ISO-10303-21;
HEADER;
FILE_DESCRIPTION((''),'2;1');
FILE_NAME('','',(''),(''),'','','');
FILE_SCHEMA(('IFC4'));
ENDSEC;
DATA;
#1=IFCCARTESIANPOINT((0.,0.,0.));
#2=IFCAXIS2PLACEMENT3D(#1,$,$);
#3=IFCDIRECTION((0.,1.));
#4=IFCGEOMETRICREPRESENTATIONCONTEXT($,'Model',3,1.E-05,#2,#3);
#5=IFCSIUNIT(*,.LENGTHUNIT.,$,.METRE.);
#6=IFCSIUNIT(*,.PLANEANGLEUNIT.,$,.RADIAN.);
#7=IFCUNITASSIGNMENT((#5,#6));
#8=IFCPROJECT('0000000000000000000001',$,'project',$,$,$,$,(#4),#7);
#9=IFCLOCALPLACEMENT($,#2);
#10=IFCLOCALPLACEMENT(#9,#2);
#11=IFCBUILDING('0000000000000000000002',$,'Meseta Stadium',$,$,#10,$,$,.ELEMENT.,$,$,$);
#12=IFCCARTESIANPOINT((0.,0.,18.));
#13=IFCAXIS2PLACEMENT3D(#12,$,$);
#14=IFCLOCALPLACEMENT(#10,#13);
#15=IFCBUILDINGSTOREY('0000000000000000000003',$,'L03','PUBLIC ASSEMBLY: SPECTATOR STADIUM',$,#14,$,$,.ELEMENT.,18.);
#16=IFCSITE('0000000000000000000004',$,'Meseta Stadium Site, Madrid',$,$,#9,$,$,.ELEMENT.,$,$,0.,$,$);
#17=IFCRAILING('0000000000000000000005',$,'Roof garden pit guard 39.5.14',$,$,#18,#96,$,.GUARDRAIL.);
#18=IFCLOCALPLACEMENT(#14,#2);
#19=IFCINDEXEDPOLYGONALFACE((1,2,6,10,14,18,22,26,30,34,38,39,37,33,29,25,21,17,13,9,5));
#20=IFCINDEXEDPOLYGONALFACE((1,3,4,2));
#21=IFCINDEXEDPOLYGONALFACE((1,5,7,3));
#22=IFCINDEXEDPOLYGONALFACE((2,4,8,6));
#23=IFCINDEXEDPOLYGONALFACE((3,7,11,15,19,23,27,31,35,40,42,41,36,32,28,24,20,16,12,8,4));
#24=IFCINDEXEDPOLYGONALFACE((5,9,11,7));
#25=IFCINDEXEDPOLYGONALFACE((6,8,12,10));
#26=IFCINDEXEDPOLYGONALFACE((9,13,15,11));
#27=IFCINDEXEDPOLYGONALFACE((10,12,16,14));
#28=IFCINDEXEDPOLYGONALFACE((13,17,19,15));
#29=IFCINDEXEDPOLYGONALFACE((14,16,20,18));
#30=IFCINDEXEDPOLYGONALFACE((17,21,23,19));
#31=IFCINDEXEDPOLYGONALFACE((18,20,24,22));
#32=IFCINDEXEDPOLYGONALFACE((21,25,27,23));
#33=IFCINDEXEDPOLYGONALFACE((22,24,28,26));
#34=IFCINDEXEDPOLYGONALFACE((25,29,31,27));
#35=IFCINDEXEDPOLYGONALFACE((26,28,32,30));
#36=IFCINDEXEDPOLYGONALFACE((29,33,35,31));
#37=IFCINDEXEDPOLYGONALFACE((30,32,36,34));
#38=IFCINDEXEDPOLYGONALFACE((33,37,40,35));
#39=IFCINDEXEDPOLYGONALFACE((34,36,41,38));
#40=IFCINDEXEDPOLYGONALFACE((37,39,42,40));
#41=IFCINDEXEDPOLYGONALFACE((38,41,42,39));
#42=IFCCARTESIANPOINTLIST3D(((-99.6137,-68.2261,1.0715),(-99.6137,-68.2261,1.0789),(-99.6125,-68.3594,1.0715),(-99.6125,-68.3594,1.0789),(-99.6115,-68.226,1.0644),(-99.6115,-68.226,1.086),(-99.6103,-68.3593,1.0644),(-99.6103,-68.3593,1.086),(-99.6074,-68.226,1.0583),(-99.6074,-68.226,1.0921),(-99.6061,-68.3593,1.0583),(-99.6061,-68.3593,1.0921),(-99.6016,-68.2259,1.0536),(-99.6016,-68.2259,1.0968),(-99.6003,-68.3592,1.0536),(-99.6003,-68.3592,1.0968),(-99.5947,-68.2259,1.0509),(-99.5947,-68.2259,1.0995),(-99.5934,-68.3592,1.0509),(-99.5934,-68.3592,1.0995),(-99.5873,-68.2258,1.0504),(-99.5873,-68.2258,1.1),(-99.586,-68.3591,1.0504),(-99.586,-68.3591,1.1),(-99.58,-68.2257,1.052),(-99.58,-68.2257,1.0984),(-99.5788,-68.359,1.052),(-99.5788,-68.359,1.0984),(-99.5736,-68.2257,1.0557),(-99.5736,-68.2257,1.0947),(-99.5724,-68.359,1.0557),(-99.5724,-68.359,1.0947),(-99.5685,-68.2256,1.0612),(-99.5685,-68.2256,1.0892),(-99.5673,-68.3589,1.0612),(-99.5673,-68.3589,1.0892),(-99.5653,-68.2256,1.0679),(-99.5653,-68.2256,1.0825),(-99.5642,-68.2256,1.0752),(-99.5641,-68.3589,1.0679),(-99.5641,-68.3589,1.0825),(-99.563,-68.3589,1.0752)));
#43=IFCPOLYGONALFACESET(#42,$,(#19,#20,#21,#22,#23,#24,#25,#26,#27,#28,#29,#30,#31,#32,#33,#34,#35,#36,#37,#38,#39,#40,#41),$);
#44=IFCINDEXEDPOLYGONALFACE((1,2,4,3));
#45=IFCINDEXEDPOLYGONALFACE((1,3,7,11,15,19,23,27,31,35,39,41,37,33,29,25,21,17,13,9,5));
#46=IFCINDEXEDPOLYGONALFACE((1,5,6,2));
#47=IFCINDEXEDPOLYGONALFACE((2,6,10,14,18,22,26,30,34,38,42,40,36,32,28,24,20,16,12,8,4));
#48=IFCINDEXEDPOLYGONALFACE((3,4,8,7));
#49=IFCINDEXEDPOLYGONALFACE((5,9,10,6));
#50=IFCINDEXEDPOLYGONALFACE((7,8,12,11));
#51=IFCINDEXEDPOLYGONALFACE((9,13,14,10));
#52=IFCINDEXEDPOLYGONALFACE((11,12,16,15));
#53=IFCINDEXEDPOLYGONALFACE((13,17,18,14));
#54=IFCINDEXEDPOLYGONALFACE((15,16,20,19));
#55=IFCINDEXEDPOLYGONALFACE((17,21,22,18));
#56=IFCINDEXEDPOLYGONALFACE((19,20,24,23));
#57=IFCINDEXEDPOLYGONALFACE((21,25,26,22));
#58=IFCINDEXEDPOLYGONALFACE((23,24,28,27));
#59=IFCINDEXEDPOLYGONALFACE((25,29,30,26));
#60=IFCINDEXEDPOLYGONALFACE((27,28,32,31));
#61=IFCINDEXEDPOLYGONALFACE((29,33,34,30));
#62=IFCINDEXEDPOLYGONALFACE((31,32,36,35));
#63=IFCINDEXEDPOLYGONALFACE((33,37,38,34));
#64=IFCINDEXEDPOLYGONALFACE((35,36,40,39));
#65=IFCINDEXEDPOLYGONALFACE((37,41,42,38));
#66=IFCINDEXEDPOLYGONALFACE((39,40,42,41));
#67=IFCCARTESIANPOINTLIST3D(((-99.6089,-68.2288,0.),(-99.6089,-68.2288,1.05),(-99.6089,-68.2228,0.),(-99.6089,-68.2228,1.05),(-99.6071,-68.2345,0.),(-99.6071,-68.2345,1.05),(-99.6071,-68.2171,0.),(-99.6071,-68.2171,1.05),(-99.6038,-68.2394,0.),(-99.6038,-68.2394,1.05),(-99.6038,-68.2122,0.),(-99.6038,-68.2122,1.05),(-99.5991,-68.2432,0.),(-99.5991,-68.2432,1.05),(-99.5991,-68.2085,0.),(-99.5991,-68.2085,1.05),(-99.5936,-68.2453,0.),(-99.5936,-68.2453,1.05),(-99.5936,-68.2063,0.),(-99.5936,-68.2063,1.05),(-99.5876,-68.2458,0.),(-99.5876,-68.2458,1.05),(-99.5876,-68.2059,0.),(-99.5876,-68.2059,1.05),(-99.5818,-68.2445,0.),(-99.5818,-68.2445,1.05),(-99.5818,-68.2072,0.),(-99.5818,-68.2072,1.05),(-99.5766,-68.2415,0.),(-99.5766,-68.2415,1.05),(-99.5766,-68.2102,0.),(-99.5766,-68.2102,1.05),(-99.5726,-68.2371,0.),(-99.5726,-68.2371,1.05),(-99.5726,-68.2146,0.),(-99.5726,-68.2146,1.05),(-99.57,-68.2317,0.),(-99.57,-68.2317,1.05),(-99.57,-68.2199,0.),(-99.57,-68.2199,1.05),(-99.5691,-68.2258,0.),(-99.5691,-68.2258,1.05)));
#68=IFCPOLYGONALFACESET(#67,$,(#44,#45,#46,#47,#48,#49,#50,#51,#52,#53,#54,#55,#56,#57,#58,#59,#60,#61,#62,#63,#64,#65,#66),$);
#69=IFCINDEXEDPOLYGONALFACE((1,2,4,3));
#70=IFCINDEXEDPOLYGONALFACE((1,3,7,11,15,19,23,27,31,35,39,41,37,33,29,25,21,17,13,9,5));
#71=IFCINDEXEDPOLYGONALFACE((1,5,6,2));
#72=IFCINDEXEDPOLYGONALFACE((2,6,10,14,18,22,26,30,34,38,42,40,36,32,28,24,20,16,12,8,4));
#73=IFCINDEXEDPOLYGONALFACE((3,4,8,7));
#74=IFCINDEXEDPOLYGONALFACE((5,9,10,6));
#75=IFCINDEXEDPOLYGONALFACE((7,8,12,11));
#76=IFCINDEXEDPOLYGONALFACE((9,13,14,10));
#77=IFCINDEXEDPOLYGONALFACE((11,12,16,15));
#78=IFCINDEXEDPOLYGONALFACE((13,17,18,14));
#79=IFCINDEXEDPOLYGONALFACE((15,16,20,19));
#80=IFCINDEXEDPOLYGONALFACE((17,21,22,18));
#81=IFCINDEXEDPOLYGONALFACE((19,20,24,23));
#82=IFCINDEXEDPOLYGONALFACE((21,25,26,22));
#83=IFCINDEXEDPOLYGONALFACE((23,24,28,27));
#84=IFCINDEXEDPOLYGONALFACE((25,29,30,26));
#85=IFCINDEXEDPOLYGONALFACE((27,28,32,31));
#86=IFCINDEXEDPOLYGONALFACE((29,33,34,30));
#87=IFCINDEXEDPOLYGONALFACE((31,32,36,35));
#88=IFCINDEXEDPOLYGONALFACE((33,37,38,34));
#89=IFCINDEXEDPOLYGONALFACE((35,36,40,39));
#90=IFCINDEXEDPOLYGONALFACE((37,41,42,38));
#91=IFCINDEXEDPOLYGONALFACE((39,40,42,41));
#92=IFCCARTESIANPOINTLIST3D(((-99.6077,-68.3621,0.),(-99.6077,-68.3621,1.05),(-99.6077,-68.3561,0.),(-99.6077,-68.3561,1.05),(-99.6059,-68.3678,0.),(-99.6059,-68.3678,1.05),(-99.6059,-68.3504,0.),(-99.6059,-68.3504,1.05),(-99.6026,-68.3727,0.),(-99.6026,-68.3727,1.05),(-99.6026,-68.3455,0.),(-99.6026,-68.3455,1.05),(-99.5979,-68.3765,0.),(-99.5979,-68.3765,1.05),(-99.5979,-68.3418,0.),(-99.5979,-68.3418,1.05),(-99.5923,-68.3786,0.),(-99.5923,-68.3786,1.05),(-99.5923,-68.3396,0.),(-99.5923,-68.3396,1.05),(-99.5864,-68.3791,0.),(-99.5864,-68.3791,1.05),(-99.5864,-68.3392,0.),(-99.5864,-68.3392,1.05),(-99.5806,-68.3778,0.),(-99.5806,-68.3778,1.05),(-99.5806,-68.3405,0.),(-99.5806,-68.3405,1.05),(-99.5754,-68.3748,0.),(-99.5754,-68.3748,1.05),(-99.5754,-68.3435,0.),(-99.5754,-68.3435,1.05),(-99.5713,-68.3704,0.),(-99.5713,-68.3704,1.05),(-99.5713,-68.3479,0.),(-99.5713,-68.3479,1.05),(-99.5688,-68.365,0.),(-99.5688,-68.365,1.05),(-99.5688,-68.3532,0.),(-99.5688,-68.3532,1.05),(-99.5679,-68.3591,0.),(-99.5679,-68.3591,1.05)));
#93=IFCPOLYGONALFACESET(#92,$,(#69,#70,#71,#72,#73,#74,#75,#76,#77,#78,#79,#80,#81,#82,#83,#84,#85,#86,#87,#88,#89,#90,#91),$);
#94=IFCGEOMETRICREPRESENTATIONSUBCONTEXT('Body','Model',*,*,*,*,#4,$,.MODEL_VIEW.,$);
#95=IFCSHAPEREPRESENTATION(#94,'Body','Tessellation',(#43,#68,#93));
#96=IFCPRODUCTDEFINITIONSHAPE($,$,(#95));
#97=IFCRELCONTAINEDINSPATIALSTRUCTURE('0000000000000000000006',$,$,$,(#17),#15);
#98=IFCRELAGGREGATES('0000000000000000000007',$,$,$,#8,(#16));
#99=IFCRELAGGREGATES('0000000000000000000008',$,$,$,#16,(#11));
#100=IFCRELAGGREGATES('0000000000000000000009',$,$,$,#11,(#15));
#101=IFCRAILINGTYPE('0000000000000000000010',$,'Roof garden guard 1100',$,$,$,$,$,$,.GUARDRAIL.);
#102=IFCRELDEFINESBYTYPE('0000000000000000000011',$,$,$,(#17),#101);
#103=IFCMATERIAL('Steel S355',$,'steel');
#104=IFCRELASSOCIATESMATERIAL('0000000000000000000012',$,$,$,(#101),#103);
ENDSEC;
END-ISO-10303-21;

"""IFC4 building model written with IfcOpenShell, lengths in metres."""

from ifc_helpers import new_model, si_unit, direction, frame, origin, origin_2d, place, context, subcontext, project, spatial, circle, extrude, material, type_object, element, save


model = new_model("IFC4")

# Units and contexts
model_context = context("Model", 3, precision=1e-05, world=origin(), true_north=direction((0.0, 1.0)))
body_context = subcontext(model_context, "Body", "Model", "MODEL_VIEW")
ifc_project = project(units=[si_unit("LENGTHUNIT", "METRE"), si_unit("PLANEANGLEUNIT", "RADIAN")], contexts=[model_context])

# Site, building, storey
site_placement = place(None, origin())
site = spatial("IfcSite", under=ifc_project, at=site_placement, Name="Meseta Stadium Site, Madrid", CompositionType="ELEMENT", RefElevation=0.0)
building_placement = place(site_placement, origin())
building = spatial("IfcBuilding", under=site, at=building_placement, Name="Meseta Stadium", CompositionType="ELEMENT")
storey_placement = place(building_placement, frame((0.0, 0.0, 18.0)))
storey = spatial("IfcBuildingStorey", under=building, at=storey_placement, Name="L03", Description="PUBLIC ASSEMBLY: SPECTATOR STADIUM", CompositionType="ELEMENT", Elevation=18.0)

# Railing
ifc_material_1 = material(Name="Steel S355", Category="steel")
railing_type = type_object("IfcRailingType", Name="Roof garden guard 1100", PredefinedType="GUARDRAIL", material=ifc_material_1)
railing_1_placement = place(storey_placement, frame((-99.5891, -68.2258, 0.0)))
element("IfcRailing", 1, at=railing_1_placement, inside=storey, type_object=railing_type, Name="Roof garden pit guard 39.5.14", PredefinedType="GUARDRAIL", context=body_context, shape_type="SweptSolid", body=[
    extrude(circle(Radius=0.0249, at=origin_2d()), frame((0.0, 0.0, 1.0752), z_axis=(0.009157, -0.999958, 0.0), x_axis=(0.999958, 0.009157, 0.0)), (0.0, 0.0, 1.0), 0.1333),
    extrude(circle(Radius=0.02, at=origin_2d()), origin(), (0.0, 0.0, 1.0), 1.05),
    extrude(circle(Radius=0.02, at=origin_2d()), frame((0.0012, -0.1333, 0.0)), (0.0, 0.0, 1.0), 1.05),
])

save(model, "model.ifc")
